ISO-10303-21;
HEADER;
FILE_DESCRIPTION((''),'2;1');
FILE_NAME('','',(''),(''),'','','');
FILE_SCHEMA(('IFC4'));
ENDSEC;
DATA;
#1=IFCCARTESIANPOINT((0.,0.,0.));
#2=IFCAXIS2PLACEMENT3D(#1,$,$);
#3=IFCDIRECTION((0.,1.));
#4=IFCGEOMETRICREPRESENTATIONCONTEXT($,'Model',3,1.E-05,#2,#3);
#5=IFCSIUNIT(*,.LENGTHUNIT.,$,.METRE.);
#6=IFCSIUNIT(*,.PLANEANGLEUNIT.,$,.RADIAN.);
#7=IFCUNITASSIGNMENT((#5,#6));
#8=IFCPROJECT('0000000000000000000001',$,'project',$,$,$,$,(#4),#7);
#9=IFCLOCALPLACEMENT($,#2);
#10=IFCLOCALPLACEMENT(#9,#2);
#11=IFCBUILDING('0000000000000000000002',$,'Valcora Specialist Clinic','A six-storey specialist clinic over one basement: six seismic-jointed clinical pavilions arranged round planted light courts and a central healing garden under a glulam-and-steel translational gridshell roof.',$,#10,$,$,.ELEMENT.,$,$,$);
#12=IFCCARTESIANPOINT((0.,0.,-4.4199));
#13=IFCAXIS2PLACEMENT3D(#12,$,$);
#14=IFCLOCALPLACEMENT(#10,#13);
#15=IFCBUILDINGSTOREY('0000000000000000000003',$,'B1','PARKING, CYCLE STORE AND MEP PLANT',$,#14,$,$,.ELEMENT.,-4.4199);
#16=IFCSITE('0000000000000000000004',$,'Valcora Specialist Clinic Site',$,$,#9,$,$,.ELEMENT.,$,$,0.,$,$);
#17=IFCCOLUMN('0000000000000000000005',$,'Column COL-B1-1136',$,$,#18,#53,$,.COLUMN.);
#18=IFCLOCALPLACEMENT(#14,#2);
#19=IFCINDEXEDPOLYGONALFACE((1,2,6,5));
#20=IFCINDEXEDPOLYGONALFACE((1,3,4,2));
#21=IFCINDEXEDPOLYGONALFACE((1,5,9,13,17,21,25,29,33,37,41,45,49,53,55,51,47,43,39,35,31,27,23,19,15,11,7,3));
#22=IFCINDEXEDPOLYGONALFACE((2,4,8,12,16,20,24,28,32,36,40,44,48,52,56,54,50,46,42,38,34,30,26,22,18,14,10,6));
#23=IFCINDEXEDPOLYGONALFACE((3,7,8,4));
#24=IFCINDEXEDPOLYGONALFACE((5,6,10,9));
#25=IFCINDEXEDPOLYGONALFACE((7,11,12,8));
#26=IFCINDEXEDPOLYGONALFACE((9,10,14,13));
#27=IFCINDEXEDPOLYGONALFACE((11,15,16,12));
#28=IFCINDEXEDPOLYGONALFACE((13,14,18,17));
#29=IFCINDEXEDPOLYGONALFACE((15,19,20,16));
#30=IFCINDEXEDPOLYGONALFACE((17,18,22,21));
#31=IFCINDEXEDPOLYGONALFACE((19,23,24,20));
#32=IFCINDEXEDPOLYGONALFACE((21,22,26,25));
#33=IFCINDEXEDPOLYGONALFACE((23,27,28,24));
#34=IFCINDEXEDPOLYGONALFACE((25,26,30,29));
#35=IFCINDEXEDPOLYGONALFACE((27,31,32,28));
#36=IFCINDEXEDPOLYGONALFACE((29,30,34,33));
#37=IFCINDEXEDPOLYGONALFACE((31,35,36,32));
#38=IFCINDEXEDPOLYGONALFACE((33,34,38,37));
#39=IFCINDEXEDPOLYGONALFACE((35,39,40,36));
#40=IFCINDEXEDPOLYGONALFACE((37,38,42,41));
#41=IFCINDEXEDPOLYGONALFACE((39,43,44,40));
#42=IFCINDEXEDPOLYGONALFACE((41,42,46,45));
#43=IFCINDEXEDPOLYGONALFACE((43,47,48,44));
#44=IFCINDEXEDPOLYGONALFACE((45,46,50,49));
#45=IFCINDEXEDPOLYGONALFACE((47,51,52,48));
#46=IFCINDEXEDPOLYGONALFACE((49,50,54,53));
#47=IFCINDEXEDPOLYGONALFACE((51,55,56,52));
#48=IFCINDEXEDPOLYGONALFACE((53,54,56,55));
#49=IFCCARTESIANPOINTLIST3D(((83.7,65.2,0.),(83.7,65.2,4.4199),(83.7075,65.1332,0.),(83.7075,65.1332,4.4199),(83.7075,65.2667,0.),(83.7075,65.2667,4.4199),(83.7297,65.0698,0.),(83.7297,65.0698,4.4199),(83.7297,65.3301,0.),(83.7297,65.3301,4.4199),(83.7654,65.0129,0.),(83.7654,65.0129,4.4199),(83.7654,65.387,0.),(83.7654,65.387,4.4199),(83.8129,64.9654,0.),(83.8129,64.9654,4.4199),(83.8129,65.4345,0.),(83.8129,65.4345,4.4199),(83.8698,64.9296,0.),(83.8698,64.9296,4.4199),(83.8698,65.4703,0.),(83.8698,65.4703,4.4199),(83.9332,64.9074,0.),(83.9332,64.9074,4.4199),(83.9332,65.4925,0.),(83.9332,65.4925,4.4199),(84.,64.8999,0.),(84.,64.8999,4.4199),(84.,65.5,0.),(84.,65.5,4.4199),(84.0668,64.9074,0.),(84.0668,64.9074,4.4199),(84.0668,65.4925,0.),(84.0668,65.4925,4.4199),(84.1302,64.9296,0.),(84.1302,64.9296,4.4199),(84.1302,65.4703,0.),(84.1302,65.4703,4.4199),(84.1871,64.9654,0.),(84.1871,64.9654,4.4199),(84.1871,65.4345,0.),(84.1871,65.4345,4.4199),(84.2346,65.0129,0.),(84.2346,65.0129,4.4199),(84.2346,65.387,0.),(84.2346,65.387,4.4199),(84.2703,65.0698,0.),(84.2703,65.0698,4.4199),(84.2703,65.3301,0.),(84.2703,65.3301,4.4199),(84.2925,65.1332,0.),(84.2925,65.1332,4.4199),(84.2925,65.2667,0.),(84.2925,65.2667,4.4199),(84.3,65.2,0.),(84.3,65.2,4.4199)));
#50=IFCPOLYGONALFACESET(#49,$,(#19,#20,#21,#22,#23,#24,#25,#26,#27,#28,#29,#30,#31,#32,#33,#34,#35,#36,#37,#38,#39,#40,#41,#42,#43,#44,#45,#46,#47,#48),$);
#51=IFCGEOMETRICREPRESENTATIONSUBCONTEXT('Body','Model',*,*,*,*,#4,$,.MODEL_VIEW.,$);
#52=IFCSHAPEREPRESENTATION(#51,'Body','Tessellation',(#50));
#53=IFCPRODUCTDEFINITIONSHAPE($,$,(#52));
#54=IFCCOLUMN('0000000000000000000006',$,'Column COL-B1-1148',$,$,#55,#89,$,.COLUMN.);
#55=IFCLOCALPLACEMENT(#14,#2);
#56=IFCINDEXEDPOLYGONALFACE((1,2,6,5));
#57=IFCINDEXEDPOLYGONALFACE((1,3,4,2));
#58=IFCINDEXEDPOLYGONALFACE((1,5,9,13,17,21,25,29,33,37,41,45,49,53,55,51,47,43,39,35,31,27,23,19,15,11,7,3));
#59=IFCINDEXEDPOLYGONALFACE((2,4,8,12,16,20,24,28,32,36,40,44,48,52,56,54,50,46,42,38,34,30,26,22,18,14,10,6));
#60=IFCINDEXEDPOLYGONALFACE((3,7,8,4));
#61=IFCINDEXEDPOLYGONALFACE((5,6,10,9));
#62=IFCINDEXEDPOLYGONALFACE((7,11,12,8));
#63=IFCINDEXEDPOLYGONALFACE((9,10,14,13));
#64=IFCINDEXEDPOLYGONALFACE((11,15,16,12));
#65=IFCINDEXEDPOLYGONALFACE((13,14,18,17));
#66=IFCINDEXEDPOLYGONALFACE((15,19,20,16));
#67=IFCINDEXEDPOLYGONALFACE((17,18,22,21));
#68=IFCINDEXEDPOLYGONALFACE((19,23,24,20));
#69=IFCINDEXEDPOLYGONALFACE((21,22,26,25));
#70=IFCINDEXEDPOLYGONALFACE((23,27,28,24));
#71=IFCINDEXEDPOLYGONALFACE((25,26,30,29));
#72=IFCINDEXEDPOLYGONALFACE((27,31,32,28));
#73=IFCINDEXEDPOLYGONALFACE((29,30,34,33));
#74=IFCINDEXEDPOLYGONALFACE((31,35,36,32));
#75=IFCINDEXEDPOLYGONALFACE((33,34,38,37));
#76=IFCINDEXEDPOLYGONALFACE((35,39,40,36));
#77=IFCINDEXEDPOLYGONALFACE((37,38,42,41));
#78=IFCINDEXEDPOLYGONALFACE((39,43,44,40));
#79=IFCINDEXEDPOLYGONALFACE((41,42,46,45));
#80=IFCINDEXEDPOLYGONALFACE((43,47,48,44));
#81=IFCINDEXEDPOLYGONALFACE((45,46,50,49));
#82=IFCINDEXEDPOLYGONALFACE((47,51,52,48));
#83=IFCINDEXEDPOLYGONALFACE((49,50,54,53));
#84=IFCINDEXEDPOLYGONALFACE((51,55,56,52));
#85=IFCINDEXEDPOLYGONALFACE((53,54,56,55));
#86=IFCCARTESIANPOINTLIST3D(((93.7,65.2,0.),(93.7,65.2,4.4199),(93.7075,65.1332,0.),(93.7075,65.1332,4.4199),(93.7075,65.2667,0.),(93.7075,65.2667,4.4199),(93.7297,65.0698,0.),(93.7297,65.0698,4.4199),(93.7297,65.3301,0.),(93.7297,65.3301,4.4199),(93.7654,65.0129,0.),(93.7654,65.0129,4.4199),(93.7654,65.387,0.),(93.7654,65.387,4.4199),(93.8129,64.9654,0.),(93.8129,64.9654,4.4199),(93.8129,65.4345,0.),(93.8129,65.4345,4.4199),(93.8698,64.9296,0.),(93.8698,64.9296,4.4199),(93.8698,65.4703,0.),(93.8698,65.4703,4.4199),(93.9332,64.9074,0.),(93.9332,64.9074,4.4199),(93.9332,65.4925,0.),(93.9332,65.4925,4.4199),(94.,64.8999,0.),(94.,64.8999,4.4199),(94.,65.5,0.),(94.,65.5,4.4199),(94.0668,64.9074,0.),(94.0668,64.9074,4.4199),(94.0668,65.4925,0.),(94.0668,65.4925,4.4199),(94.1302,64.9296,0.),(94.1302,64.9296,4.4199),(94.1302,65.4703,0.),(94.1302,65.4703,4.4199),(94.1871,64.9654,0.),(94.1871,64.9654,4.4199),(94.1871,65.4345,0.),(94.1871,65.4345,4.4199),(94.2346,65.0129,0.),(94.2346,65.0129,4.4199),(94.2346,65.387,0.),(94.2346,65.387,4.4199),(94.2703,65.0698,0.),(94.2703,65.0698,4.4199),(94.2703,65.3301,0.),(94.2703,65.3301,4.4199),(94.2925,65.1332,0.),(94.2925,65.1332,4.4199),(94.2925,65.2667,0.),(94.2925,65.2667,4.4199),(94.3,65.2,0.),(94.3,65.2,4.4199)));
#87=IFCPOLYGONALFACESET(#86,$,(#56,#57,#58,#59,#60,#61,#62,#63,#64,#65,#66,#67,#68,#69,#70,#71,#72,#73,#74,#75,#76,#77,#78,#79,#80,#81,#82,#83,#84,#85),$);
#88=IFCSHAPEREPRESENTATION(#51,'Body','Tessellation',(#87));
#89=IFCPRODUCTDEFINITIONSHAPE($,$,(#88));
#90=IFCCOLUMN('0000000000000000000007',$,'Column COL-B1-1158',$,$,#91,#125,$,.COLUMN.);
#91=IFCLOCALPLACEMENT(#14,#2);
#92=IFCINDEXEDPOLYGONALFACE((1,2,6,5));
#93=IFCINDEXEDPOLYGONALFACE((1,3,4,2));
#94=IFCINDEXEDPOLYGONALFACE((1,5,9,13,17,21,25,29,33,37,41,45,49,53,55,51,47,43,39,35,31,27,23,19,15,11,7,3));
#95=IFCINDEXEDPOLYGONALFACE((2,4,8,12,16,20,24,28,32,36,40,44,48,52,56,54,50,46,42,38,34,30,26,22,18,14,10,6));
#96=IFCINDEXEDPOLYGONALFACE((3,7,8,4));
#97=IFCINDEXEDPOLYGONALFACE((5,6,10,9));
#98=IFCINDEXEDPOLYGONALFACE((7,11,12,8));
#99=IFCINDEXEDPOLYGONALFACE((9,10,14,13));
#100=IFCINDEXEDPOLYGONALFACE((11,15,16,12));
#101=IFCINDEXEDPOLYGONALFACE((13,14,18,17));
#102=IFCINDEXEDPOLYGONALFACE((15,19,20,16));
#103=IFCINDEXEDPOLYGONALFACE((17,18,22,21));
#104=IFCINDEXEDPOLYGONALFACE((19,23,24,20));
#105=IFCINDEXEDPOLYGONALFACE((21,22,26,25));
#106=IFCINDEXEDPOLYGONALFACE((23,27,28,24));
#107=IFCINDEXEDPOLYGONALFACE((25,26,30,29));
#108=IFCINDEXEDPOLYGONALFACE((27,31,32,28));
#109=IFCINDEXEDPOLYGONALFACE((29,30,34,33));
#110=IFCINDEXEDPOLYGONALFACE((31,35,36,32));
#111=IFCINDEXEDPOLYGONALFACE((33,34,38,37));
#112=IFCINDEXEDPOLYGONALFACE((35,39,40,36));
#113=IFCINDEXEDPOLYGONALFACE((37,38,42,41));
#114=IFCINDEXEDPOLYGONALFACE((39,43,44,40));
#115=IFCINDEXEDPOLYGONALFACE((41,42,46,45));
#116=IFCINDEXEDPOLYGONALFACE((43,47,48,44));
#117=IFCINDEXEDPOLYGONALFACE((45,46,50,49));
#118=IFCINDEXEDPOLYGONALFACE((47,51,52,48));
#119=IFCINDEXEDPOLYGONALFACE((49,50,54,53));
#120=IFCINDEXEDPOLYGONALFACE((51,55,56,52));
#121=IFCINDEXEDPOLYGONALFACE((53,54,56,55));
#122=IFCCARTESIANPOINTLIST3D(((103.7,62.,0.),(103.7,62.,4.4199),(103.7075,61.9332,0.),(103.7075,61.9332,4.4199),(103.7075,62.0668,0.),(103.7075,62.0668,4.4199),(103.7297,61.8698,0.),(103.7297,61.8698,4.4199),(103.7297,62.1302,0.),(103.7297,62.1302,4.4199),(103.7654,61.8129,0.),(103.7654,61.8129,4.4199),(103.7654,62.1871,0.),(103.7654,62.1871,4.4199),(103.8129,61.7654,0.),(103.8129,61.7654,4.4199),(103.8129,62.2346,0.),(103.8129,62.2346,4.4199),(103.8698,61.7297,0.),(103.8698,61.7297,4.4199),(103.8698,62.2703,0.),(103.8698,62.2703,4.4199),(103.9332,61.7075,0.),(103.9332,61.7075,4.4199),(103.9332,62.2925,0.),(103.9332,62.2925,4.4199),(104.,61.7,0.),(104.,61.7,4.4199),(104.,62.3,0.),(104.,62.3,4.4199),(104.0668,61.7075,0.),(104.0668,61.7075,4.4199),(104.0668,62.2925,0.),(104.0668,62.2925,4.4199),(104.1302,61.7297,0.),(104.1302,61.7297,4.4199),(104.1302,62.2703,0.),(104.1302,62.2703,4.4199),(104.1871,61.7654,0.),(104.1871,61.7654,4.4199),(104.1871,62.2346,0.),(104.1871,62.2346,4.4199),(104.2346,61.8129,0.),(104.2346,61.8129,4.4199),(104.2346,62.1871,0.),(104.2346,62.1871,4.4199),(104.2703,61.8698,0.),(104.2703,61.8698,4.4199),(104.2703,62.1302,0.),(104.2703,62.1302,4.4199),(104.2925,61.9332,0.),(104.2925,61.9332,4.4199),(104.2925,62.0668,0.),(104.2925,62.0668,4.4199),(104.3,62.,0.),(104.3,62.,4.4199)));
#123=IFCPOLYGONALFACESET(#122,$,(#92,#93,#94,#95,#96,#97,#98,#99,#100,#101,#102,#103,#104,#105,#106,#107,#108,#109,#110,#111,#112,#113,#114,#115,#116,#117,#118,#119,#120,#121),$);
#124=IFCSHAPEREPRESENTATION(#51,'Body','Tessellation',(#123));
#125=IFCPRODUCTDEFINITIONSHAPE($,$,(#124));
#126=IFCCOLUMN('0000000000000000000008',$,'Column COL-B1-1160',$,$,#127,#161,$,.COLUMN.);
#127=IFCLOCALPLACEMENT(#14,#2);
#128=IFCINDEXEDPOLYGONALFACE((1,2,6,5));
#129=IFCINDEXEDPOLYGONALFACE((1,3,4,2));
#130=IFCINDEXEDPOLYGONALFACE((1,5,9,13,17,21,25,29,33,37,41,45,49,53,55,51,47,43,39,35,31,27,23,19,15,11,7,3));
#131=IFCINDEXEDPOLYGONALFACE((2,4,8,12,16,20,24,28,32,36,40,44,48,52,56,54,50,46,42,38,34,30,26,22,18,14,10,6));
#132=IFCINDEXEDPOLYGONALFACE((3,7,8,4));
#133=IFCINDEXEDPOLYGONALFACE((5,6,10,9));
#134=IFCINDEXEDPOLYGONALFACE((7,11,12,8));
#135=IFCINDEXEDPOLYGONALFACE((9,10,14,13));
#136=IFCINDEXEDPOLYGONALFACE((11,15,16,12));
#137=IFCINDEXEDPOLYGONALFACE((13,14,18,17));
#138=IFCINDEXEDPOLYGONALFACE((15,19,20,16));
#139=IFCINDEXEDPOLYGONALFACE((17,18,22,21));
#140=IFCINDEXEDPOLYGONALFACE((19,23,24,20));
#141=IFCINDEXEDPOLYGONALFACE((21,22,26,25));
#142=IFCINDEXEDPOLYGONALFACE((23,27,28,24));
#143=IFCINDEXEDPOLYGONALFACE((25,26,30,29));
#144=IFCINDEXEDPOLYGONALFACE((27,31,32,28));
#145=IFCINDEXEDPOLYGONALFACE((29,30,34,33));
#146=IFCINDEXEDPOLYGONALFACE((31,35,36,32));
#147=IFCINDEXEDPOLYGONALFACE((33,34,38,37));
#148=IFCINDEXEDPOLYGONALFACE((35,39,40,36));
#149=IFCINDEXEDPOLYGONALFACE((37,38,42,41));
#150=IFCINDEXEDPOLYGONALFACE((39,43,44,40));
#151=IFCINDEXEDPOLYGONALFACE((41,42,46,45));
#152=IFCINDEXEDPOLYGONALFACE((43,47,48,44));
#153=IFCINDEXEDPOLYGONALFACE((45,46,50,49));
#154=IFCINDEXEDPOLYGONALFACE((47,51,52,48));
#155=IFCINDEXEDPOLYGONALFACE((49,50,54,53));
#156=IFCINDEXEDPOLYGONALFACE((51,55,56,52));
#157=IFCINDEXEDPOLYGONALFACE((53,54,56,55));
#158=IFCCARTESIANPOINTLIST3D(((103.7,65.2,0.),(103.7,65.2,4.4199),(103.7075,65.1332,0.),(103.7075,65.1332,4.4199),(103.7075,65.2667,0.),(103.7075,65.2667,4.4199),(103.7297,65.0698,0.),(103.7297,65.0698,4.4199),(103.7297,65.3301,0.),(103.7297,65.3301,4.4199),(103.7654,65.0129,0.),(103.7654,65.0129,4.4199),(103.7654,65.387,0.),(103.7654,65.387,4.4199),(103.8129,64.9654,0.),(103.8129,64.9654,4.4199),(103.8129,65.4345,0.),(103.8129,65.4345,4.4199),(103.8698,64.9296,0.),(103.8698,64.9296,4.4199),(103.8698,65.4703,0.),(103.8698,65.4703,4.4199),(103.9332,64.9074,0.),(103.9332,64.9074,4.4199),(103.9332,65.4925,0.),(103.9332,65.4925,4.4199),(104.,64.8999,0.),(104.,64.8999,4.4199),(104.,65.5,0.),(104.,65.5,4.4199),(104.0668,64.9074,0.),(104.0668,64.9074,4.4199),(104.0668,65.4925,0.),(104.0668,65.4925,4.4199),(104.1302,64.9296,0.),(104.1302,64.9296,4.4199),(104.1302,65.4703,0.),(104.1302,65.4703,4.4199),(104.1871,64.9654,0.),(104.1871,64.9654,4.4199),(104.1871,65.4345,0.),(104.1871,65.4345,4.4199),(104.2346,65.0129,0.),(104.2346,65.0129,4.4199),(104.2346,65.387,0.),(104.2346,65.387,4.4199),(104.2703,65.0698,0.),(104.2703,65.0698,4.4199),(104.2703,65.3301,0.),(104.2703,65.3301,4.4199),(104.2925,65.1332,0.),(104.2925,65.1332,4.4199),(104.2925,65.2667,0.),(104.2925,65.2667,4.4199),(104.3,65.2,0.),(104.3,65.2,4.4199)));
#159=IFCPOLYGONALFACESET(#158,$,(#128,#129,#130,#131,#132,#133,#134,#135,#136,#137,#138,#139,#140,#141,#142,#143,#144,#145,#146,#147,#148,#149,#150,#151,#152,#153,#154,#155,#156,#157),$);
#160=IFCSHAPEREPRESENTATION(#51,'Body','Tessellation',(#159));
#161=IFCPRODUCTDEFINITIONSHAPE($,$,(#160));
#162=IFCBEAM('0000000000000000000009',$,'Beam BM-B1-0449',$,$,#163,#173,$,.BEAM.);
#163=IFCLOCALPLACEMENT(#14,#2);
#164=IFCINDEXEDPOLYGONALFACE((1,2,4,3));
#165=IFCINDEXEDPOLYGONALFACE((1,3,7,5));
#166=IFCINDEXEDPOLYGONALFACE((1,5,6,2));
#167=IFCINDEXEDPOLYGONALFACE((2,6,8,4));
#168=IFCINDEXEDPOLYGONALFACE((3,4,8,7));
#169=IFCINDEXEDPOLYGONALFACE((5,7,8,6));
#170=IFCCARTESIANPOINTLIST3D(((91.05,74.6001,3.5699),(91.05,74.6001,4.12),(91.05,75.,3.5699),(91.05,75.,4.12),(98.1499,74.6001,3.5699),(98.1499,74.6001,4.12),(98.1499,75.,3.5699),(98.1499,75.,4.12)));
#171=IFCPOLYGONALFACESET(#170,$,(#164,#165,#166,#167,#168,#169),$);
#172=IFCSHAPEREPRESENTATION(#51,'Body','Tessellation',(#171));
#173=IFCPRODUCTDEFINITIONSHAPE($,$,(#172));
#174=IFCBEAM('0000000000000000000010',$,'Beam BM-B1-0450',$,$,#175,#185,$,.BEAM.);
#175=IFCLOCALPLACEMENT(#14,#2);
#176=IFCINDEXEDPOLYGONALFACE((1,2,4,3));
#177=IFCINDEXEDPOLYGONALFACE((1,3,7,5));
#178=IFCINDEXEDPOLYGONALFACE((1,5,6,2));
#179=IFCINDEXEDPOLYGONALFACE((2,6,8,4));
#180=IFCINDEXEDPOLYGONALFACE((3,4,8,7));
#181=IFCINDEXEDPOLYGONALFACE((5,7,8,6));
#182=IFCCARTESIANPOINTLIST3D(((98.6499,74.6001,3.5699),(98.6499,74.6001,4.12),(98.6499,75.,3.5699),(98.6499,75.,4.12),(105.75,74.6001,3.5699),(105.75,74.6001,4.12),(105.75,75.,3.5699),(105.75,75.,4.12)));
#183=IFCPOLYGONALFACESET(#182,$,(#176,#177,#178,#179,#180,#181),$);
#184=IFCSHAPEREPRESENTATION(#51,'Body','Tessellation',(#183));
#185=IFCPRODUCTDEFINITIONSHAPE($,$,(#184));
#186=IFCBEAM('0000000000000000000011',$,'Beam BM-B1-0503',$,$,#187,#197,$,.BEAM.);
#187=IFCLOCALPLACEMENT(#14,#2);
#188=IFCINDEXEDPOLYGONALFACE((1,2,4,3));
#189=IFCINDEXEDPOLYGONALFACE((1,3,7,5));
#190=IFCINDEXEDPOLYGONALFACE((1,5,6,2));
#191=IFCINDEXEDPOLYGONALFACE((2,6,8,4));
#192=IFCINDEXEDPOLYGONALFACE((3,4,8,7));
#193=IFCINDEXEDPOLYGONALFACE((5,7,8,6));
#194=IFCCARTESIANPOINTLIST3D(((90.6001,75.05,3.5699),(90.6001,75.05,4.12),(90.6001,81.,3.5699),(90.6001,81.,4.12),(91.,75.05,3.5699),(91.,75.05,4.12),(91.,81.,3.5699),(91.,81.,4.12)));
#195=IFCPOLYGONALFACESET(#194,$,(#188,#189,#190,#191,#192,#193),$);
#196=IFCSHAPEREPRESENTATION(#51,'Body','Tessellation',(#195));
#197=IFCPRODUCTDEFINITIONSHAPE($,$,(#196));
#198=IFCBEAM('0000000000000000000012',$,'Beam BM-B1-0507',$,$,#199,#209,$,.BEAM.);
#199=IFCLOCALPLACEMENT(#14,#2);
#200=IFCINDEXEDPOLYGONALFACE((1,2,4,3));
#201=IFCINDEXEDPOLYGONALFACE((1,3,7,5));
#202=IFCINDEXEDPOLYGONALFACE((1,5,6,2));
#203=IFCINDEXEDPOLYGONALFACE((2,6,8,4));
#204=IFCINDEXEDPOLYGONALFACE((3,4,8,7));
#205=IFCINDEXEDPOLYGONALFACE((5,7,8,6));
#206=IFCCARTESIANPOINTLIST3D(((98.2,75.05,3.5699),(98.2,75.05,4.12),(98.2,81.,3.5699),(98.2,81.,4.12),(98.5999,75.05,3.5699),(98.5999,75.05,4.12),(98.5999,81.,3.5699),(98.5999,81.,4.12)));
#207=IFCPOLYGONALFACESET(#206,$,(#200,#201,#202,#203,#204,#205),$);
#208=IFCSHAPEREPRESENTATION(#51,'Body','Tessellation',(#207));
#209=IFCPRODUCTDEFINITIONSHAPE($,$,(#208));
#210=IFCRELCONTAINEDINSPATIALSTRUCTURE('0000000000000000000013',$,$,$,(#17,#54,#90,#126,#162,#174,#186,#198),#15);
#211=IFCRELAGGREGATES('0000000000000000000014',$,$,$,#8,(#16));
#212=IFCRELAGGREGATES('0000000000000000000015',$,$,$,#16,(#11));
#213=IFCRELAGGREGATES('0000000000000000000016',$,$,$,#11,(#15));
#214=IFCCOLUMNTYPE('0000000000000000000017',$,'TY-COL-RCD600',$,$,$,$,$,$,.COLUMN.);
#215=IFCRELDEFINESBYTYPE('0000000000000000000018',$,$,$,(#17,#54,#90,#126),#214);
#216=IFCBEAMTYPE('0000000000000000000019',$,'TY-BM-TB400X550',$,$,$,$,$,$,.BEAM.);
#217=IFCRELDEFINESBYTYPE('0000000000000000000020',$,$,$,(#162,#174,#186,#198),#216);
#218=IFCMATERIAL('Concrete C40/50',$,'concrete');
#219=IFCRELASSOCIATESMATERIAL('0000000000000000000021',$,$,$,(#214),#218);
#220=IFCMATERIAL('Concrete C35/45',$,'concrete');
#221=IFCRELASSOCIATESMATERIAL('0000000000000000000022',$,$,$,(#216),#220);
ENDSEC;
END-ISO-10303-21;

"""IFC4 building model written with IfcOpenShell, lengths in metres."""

from ifc_helpers import new_model, si_unit, direction, frame, origin, origin_2d, place, context, subcontext, project, spatial, rectangle, circle, extrude, material, material_profile, profile_set, type_object, element, save


model = new_model("IFC4")

# Units and contexts
model_context = context("Model", 3, precision=1e-05, world=origin(), true_north=direction((0.0, 1.0)))
body_context = subcontext(model_context, "Body", "Model", "MODEL_VIEW")
ifc_project = project(units=[si_unit("LENGTHUNIT", "METRE"), si_unit("PLANEANGLEUNIT", "RADIAN")], contexts=[model_context])

# Site, building, storey
site_placement = place(None, origin())
site = spatial("IfcSite", under=ifc_project, at=site_placement, Name="Valcora Specialist Clinic Site", CompositionType="ELEMENT", RefElevation=0.0)
building_placement = place(site_placement, origin())
building = spatial("IfcBuilding", under=site, at=building_placement, Name="Valcora Specialist Clinic", Description="A six-storey specialist clinic over one basement: six seismic-jointed clinical pavilions arranged round planted light courts and a central healing garden under a glulam-and-steel translational gridshell roof.", CompositionType="ELEMENT")
storey_placement = place(building_placement, frame((0.0, 0.0, -4.4199)))
storey = spatial("IfcBuildingStorey", under=building, at=storey_placement, Name="B1", Description="PARKING, CYCLE STORE AND MEP PLANT", CompositionType="ELEMENT", Elevation=-4.4199)

# Shared definitions
ifc_material_1 = material(Name="Concrete C35/45", Category="concrete")

# Columns
ifc_material_2 = material(Name="Concrete C40/50", Category="concrete")
ifc_material_profile_1 = material_profile(ifc_material_2, circle(Radius=0.3, at=origin_2d()), Name="RC-COL-D600")
ifc_profile_set_1 = profile_set([ifc_material_profile_1], Name="Concrete C40/50")
column_type_1 = type_object("IfcColumnType", Name="TY-COL-RCD600", PredefinedType="COLUMN", material=ifc_profile_set_1)
for number, where, z_axis, x_axis, name in (
    (1, (84.0, 65.2, 0.0), (0.0, 0.0, 1.0), (1.0, 0.0, 0.0), "Column COL-B1-1136"),
    (2, (94.0, 65.2, 0.0), (0.0, 0.0, 1.0), (1.0, 0.0, 0.0), "Column COL-B1-1148"),
    (3, (104.0, 62.0, 0.0), (0.0, 0.0, 1.0), (1.0, 0.0, 0.0), "Column COL-B1-1158"),
    (4, (104.0, 65.2, 0.0), (0.0, 0.0, 1.0), (1.0, 0.0, 0.0), "Column COL-B1-1160"),
):
    element("IfcColumn", number, at=place(storey_placement, frame(where, z_axis=z_axis, x_axis=x_axis)), inside=storey, type_object=column_type_1, Name=name, PredefinedType="COLUMN", context=body_context, shape_type="SweptSolid", body=[
        extrude(circle(Radius=0.3, at=origin_2d()), origin(), (0.0, 0.0, 1.0), 4.4199),
    ])

# Beams
ifc_material_profile_2 = material_profile(ifc_material_1, rectangle(XDim=0.3999, YDim=0.55, at=origin_2d()), Name="RC-TB-400X550")
ifc_profile_set_2 = profile_set([ifc_material_profile_2], Name="Concrete C35/45")
beam_type = type_object("IfcBeamType", Name="TY-BM-TB400X550", PredefinedType="BEAM", material=ifc_profile_set_2)
beam_1_placement = place(storey_placement, frame((91.05, 74.8, 3.845), z_axis=(1.0, 0.0, 0.0), x_axis=(0.0, 1.0, 0.0)))
element("IfcBeam", 5, at=beam_1_placement, inside=storey, type_object=beam_type, Name="Beam BM-B1-0449", PredefinedType="BEAM", context=body_context, shape_type="SweptSolid", body=[
    extrude(rectangle(XDim=0.3999, YDim=0.55, at=origin_2d()), origin(), (0.0, 0.0, 1.0), 7.0999),
])
beam_2_placement = place(storey_placement, frame((98.6499, 74.8, 3.845), z_axis=(1.0, 0.0, 0.0), x_axis=(0.0, 1.0, 0.0)))
element("IfcBeam", 6, at=beam_2_placement, inside=storey, type_object=beam_type, Name="Beam BM-B1-0450", PredefinedType="BEAM", context=body_context, shape_type="SweptSolid", body=[
    extrude(rectangle(XDim=0.3999, YDim=0.55, at=origin_2d()), origin(), (0.0, 0.0, 1.0), 7.1001),
])
for number, where, z_axis, x_axis, name in (
    (7, (90.8, 75.05, 3.845), (0.0, 1.0, 0.0), (-1.0, 0.0, 0.0), "Beam BM-B1-0503"),
    (8, (98.3999, 75.05, 3.845), (0.0, 1.0, 0.0), (-1.0, 0.0, 0.0), "Beam BM-B1-0507"),
):
    element("IfcBeam", number, at=place(storey_placement, frame(where, z_axis=z_axis, x_axis=x_axis)), inside=storey, type_object=beam_type, Name=name, PredefinedType="BEAM", context=body_context, shape_type="SweptSolid", body=[
        extrude(rectangle(XDim=0.3999, YDim=0.55, at=origin_2d()), origin(), (0.0, 0.0, 1.0), 5.95),
    ])

save(model, "model.ifc")
